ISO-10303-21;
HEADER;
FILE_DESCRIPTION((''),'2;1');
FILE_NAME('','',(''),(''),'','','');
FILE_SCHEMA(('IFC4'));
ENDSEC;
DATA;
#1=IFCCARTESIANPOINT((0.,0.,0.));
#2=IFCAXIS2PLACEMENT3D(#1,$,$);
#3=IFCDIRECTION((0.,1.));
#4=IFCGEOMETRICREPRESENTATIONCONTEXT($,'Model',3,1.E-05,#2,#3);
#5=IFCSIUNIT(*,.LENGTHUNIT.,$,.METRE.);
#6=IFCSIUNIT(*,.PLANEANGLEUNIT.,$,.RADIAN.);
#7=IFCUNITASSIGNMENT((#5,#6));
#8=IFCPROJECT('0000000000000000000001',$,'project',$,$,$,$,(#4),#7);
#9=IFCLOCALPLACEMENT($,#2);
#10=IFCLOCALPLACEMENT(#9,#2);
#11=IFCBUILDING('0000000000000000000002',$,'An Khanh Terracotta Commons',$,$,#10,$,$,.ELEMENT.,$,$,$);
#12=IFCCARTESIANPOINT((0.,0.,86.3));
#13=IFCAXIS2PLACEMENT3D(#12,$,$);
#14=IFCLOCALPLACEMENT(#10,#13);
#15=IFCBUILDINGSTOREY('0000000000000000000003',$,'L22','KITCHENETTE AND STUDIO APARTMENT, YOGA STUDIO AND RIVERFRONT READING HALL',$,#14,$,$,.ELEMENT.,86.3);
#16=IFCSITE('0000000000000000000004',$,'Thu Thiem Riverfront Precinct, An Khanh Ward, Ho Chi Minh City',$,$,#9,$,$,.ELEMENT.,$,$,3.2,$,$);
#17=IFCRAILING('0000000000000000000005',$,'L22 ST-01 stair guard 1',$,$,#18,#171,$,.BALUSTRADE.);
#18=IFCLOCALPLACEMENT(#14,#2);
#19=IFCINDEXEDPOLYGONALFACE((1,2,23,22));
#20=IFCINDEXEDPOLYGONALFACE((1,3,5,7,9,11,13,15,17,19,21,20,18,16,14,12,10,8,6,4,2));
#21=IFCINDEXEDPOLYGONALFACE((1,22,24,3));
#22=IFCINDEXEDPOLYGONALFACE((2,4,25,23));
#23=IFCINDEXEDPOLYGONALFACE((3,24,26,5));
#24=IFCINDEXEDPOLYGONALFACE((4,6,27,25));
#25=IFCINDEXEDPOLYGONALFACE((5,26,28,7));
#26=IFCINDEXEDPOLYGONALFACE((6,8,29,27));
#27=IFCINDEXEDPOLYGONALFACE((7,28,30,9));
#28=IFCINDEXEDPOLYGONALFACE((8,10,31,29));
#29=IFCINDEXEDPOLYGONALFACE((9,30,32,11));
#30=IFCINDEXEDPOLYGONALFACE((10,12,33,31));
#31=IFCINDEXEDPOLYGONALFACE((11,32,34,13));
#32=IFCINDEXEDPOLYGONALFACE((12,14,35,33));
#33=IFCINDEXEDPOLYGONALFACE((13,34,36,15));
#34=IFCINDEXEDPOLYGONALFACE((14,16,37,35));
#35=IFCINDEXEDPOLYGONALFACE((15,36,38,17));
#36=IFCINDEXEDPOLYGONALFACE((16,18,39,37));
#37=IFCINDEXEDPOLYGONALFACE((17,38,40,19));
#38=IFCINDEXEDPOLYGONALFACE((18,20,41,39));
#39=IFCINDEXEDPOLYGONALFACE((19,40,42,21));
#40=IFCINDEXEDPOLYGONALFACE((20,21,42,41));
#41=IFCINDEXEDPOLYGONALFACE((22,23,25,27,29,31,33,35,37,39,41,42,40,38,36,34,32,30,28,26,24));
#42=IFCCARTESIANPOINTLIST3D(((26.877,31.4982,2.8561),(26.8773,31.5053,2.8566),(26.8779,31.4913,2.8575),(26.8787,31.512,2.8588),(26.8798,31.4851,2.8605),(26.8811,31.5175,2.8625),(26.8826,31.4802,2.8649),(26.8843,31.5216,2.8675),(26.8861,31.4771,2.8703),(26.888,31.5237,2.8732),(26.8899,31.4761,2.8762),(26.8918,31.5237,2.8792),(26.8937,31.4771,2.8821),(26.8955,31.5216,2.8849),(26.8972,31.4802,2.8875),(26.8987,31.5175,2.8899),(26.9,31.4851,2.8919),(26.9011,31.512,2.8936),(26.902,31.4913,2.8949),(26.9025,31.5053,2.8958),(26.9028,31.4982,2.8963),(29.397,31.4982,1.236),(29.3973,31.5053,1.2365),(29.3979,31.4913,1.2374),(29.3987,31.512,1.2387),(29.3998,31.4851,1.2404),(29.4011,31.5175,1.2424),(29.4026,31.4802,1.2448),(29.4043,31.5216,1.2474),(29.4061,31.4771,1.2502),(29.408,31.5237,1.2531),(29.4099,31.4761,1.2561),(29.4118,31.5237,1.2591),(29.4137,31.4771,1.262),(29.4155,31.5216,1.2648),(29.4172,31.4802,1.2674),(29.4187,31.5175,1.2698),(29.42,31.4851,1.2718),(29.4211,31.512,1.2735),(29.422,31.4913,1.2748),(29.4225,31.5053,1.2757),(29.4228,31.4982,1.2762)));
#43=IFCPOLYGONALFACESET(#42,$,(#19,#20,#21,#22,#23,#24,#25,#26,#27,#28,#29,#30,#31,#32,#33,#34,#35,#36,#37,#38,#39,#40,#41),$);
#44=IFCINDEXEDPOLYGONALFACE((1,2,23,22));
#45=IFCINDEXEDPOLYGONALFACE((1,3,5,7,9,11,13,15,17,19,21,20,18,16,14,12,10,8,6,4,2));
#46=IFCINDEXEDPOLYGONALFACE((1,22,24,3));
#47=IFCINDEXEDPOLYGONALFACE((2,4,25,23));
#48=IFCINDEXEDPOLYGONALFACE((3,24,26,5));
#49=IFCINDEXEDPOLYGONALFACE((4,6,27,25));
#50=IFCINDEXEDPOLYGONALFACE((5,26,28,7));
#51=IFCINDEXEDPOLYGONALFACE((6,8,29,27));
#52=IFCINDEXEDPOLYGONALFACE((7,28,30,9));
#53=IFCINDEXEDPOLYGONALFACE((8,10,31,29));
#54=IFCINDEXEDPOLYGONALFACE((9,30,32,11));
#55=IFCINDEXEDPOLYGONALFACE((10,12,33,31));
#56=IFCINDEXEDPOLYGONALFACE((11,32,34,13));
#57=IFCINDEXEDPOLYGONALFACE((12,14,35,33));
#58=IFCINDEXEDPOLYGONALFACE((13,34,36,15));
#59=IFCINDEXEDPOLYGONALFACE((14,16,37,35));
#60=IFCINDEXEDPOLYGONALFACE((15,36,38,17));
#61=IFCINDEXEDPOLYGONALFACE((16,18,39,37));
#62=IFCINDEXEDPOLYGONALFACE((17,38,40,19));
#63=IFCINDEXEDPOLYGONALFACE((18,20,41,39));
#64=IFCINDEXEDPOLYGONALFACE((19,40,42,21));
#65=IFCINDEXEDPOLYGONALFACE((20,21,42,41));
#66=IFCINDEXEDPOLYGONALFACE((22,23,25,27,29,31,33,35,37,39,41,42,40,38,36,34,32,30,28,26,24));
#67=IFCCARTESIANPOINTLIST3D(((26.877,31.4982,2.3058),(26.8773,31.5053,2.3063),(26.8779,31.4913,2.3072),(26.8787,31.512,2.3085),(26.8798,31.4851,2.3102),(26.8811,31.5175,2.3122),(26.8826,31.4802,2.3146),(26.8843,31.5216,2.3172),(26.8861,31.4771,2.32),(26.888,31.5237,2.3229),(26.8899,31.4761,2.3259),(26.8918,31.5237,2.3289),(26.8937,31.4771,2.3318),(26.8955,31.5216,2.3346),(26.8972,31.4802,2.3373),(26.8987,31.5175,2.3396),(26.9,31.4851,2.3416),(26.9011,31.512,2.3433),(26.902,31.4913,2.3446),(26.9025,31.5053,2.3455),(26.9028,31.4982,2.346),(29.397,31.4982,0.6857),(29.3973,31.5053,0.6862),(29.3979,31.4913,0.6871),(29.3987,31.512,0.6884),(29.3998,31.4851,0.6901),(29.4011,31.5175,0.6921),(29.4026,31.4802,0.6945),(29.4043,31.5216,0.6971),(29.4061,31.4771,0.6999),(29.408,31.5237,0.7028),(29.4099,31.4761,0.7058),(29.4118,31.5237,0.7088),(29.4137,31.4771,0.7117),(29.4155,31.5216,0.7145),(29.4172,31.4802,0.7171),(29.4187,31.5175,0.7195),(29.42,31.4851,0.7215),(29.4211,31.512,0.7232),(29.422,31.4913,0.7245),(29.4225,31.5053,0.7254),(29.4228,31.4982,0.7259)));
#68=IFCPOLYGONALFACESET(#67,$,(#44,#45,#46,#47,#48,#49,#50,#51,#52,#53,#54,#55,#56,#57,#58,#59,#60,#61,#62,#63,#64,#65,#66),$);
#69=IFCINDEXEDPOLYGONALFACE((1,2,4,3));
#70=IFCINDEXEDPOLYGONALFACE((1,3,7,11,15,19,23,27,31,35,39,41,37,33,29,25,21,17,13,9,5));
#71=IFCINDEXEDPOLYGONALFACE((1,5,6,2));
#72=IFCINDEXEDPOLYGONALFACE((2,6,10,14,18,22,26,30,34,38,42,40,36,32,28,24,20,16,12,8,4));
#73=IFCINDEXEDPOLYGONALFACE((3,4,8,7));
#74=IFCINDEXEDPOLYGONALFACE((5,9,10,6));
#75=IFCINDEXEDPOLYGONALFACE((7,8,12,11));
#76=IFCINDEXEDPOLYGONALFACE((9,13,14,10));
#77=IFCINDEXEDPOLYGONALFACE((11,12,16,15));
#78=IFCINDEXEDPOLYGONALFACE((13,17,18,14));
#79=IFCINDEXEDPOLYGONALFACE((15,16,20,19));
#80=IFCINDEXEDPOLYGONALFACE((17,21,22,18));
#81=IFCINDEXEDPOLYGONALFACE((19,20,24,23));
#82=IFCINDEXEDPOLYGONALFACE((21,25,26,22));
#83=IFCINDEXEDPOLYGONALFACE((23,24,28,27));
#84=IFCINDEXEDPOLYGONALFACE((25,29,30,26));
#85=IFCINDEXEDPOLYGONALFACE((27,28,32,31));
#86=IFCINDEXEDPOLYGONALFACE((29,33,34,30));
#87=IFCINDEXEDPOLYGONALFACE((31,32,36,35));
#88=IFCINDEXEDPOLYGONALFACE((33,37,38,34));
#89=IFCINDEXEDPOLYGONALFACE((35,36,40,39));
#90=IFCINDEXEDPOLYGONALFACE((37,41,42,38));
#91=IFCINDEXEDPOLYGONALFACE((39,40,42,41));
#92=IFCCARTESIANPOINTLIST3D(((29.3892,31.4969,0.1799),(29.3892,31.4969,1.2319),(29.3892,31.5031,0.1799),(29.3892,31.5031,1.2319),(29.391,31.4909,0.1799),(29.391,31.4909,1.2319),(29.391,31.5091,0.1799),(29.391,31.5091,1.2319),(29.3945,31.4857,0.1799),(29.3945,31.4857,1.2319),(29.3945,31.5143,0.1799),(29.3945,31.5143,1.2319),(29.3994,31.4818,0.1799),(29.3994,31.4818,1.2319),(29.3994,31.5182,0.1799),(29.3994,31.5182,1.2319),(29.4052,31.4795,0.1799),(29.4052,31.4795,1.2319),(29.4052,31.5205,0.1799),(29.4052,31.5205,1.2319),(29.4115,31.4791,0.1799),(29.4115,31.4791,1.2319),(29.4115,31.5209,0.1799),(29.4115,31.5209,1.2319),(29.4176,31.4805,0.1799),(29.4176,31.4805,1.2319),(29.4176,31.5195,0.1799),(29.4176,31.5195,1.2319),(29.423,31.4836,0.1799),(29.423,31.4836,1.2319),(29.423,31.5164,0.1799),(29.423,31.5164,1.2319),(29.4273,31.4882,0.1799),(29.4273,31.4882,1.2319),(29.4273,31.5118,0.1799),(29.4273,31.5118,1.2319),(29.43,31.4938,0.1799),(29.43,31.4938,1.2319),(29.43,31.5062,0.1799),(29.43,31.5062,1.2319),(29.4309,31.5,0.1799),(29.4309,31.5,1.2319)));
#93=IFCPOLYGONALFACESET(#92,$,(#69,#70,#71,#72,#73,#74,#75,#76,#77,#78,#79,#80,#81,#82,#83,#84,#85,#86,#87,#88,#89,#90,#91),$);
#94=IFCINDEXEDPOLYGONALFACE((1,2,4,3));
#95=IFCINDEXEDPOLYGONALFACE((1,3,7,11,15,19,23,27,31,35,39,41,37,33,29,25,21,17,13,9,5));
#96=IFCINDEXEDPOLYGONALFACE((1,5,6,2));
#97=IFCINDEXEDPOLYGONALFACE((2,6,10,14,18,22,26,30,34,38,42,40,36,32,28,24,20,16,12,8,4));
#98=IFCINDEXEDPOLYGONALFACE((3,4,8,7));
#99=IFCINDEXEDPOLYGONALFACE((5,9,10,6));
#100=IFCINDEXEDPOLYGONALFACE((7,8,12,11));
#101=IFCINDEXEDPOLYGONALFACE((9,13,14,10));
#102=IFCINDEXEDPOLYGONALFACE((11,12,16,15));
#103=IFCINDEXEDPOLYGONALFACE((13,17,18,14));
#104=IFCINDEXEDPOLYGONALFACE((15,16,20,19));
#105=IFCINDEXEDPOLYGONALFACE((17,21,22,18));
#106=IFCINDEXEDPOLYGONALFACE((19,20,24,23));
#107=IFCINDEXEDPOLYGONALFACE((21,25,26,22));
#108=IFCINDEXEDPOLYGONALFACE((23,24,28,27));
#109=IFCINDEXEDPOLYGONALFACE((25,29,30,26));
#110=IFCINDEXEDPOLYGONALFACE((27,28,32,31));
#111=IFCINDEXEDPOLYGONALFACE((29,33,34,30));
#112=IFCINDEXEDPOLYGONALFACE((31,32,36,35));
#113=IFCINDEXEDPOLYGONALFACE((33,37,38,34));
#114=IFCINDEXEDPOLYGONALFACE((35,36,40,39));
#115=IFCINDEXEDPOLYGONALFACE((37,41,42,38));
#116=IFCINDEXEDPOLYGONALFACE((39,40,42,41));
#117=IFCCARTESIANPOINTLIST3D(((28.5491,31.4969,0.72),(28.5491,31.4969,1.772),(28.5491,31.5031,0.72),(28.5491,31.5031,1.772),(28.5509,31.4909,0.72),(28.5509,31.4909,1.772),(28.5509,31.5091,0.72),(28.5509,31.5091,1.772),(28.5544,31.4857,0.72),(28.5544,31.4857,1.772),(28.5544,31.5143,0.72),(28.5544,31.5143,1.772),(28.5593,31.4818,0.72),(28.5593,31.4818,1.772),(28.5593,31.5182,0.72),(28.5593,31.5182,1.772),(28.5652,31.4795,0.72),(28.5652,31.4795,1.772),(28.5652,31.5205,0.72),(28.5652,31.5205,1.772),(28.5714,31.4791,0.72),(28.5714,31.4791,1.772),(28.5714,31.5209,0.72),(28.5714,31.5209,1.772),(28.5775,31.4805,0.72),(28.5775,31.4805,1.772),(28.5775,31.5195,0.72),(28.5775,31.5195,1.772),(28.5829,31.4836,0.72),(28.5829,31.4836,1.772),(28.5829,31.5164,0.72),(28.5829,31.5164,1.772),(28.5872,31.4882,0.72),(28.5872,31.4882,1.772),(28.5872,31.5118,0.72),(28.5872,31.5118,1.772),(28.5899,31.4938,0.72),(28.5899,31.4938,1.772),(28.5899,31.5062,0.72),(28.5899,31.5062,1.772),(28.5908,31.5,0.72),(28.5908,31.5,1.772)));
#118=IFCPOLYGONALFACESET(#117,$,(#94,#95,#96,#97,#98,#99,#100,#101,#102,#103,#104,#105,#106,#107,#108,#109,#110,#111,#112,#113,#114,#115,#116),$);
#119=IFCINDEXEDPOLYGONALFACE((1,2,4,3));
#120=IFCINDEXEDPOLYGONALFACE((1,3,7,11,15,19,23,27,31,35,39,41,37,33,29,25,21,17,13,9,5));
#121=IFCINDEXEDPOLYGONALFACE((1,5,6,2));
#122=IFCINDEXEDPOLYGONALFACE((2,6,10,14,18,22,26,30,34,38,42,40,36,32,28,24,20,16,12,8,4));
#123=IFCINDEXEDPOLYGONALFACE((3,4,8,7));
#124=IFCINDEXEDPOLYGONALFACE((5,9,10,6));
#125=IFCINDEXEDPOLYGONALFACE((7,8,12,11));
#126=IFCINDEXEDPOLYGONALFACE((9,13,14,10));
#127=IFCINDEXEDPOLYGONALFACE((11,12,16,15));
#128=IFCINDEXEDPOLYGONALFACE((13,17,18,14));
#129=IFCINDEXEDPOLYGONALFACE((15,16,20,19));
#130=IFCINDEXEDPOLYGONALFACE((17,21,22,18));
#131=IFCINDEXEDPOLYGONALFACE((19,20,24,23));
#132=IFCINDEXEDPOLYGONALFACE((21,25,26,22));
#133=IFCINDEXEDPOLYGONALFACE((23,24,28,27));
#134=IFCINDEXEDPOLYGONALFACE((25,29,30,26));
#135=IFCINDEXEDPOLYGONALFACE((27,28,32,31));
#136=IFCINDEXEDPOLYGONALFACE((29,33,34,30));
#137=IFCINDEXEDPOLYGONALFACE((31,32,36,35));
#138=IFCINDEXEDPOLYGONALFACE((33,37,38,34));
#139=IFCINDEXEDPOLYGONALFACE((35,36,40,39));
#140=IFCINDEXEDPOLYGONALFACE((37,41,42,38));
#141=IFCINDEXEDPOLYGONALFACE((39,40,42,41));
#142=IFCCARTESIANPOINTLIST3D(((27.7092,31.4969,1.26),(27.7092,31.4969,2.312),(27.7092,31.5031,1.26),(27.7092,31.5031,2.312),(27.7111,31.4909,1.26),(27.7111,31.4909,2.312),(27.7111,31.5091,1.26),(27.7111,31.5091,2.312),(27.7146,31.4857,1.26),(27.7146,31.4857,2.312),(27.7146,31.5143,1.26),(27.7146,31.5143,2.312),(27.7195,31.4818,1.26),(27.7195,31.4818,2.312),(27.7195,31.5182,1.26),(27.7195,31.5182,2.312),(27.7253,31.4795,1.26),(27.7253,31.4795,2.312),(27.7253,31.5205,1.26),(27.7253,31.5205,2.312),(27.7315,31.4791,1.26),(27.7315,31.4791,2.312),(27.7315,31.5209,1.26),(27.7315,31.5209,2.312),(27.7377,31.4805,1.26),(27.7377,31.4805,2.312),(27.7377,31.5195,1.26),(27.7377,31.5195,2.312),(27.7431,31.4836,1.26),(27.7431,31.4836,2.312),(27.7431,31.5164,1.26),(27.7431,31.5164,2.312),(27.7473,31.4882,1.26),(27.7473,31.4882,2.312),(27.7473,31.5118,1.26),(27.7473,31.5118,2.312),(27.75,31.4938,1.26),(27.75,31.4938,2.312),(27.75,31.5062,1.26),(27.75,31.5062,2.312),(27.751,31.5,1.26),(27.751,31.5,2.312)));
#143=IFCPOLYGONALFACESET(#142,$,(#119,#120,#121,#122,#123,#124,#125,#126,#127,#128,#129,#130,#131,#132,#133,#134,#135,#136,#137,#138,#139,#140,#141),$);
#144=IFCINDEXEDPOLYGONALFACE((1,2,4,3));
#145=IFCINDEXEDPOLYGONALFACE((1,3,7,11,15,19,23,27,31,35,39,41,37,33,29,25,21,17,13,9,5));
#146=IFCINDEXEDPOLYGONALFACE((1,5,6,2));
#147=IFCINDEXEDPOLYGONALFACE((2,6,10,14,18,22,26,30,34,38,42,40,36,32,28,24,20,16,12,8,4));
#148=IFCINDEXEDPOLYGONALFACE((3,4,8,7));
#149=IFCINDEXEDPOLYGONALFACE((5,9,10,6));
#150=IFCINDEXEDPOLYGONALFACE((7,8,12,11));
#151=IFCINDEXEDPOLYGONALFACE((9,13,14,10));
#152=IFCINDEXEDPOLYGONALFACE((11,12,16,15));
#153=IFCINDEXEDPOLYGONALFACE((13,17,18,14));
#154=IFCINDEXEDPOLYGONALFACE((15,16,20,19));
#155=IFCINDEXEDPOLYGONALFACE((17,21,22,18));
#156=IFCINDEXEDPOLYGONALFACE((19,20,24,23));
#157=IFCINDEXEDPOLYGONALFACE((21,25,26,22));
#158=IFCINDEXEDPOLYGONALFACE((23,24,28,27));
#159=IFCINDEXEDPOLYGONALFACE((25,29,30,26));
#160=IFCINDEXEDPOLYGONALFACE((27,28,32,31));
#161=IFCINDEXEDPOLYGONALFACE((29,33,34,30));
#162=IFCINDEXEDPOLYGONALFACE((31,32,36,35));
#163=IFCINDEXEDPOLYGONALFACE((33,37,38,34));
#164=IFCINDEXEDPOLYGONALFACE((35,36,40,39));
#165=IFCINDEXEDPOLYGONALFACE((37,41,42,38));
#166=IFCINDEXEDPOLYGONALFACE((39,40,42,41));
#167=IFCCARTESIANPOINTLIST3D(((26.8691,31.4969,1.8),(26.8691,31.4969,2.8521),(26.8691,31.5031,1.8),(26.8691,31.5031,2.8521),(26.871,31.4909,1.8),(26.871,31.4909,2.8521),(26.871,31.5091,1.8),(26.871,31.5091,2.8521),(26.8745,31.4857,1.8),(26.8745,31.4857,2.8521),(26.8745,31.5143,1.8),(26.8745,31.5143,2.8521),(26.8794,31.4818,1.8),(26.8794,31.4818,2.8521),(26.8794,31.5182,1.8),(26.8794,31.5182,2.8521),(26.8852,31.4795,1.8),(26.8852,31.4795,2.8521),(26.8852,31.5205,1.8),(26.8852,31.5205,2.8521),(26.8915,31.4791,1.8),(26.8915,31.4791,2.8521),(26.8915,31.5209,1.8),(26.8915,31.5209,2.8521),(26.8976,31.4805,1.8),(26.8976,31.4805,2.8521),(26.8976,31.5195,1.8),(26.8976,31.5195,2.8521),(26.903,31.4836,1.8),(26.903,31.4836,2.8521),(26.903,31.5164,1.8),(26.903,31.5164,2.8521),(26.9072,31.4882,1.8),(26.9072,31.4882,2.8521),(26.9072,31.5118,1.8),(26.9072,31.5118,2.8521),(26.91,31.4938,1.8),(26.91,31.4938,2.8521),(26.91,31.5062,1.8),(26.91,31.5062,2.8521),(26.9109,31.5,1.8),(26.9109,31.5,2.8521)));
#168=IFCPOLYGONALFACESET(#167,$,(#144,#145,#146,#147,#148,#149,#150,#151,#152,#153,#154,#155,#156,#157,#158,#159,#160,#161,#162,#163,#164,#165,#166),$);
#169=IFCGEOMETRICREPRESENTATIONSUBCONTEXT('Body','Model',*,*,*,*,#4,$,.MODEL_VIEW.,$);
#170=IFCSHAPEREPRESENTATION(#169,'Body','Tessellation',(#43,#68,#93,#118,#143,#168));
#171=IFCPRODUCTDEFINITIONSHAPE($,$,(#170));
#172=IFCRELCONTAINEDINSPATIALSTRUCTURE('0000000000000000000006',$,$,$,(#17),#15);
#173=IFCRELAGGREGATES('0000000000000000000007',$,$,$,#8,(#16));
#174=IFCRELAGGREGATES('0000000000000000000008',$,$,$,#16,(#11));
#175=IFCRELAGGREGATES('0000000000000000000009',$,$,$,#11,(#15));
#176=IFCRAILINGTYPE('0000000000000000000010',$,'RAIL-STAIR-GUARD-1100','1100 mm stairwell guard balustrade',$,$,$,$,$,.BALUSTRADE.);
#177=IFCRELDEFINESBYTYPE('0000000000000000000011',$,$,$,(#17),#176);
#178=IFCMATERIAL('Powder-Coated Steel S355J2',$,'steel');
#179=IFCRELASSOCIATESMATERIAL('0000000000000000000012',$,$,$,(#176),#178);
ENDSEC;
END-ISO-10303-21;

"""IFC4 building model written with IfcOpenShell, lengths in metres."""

from ifc_helpers import new_model, si_unit, direction, frame, origin, origin_2d, place, context, subcontext, project, spatial, circle, extrude, material, type_object, element, save


model = new_model("IFC4")

# Units and contexts
model_context = context("Model", 3, precision=1e-05, world=origin(), true_north=direction((0.0, 1.0)))
body_context = subcontext(model_context, "Body", "Model", "MODEL_VIEW")
ifc_project = project(units=[si_unit("LENGTHUNIT", "METRE"), si_unit("PLANEANGLEUNIT", "RADIAN")], contexts=[model_context])

# Site, building, storey
site_placement = place(None, origin())
site = spatial("IfcSite", under=ifc_project, at=site_placement, Name="Thu Thiem Riverfront Precinct, An Khanh Ward, Ho Chi Minh City", CompositionType="ELEMENT", RefElevation=3.2)
building_placement = place(site_placement, origin())
building = spatial("IfcBuilding", under=site, at=building_placement, Name="An Khanh Terracotta Commons", CompositionType="ELEMENT")
storey_placement = place(building_placement, frame((0.0, 0.0, 86.3)))
storey = spatial("IfcBuildingStorey", under=building, at=storey_placement, Name="L22", Description="KITCHENETTE AND STUDIO APARTMENT, YOGA STUDIO AND RIVERFRONT READING HALL", CompositionType="ELEMENT", Elevation=86.3)

# Railing
ifc_material_1 = material(Name="Powder-Coated Steel S355J2", Category="steel")
railing_type_1 = type_object("IfcRailingType", Name="RAIL-STAIR-GUARD-1100", Description="1100 mm stairwell guard balustrade", PredefinedType="BALUSTRADE", material=ifc_material_1)
railing_1_placement = place(storey_placement, frame((29.4099, 31.5, 0.1799)))
element("IfcRailing", 1, at=railing_1_placement, inside=storey, type_object=railing_type_1, Name="L22 ST-01 stair guard 1", PredefinedType="BALUSTRADE", context=body_context, shape_type="SweptSolid", body=[
    extrude(circle(Radius=0.0239, at=origin_2d()), frame((0.0, 0.0, 1.0762), z_axis=(-0.841163, 0.0, 0.540782), x_axis=(0.0, -1.0, 0.0)), (0.0, 0.0, 1.0), 2.9958),
    extrude(circle(Radius=0.0239, at=origin_2d()), frame((0.0, 0.0, 0.5259), z_axis=(-0.841163, 0.0, 0.540782), x_axis=(0.0, -1.0, 0.0)), (0.0, 0.0, 1.0), 2.9958),
    extrude(circle(Radius=0.021, at=origin_2d()), origin(), (0.0, 0.0, 1.0), 1.052),
    extrude(circle(Radius=0.021, at=origin_2d()), frame((-0.8401, 0.0, 0.54)), (0.0, 0.0, 1.0), 1.052),
    extrude(circle(Radius=0.021, at=origin_2d()), frame((-1.6799, 0.0, 1.0801)), (0.0, 0.0, 1.0), 1.052),
    extrude(circle(Radius=0.021, at=origin_2d()), frame((-2.52, 0.0, 1.6201)), (0.0, 0.0, 1.0), 1.052),
])

save(model, "model.ifc")
